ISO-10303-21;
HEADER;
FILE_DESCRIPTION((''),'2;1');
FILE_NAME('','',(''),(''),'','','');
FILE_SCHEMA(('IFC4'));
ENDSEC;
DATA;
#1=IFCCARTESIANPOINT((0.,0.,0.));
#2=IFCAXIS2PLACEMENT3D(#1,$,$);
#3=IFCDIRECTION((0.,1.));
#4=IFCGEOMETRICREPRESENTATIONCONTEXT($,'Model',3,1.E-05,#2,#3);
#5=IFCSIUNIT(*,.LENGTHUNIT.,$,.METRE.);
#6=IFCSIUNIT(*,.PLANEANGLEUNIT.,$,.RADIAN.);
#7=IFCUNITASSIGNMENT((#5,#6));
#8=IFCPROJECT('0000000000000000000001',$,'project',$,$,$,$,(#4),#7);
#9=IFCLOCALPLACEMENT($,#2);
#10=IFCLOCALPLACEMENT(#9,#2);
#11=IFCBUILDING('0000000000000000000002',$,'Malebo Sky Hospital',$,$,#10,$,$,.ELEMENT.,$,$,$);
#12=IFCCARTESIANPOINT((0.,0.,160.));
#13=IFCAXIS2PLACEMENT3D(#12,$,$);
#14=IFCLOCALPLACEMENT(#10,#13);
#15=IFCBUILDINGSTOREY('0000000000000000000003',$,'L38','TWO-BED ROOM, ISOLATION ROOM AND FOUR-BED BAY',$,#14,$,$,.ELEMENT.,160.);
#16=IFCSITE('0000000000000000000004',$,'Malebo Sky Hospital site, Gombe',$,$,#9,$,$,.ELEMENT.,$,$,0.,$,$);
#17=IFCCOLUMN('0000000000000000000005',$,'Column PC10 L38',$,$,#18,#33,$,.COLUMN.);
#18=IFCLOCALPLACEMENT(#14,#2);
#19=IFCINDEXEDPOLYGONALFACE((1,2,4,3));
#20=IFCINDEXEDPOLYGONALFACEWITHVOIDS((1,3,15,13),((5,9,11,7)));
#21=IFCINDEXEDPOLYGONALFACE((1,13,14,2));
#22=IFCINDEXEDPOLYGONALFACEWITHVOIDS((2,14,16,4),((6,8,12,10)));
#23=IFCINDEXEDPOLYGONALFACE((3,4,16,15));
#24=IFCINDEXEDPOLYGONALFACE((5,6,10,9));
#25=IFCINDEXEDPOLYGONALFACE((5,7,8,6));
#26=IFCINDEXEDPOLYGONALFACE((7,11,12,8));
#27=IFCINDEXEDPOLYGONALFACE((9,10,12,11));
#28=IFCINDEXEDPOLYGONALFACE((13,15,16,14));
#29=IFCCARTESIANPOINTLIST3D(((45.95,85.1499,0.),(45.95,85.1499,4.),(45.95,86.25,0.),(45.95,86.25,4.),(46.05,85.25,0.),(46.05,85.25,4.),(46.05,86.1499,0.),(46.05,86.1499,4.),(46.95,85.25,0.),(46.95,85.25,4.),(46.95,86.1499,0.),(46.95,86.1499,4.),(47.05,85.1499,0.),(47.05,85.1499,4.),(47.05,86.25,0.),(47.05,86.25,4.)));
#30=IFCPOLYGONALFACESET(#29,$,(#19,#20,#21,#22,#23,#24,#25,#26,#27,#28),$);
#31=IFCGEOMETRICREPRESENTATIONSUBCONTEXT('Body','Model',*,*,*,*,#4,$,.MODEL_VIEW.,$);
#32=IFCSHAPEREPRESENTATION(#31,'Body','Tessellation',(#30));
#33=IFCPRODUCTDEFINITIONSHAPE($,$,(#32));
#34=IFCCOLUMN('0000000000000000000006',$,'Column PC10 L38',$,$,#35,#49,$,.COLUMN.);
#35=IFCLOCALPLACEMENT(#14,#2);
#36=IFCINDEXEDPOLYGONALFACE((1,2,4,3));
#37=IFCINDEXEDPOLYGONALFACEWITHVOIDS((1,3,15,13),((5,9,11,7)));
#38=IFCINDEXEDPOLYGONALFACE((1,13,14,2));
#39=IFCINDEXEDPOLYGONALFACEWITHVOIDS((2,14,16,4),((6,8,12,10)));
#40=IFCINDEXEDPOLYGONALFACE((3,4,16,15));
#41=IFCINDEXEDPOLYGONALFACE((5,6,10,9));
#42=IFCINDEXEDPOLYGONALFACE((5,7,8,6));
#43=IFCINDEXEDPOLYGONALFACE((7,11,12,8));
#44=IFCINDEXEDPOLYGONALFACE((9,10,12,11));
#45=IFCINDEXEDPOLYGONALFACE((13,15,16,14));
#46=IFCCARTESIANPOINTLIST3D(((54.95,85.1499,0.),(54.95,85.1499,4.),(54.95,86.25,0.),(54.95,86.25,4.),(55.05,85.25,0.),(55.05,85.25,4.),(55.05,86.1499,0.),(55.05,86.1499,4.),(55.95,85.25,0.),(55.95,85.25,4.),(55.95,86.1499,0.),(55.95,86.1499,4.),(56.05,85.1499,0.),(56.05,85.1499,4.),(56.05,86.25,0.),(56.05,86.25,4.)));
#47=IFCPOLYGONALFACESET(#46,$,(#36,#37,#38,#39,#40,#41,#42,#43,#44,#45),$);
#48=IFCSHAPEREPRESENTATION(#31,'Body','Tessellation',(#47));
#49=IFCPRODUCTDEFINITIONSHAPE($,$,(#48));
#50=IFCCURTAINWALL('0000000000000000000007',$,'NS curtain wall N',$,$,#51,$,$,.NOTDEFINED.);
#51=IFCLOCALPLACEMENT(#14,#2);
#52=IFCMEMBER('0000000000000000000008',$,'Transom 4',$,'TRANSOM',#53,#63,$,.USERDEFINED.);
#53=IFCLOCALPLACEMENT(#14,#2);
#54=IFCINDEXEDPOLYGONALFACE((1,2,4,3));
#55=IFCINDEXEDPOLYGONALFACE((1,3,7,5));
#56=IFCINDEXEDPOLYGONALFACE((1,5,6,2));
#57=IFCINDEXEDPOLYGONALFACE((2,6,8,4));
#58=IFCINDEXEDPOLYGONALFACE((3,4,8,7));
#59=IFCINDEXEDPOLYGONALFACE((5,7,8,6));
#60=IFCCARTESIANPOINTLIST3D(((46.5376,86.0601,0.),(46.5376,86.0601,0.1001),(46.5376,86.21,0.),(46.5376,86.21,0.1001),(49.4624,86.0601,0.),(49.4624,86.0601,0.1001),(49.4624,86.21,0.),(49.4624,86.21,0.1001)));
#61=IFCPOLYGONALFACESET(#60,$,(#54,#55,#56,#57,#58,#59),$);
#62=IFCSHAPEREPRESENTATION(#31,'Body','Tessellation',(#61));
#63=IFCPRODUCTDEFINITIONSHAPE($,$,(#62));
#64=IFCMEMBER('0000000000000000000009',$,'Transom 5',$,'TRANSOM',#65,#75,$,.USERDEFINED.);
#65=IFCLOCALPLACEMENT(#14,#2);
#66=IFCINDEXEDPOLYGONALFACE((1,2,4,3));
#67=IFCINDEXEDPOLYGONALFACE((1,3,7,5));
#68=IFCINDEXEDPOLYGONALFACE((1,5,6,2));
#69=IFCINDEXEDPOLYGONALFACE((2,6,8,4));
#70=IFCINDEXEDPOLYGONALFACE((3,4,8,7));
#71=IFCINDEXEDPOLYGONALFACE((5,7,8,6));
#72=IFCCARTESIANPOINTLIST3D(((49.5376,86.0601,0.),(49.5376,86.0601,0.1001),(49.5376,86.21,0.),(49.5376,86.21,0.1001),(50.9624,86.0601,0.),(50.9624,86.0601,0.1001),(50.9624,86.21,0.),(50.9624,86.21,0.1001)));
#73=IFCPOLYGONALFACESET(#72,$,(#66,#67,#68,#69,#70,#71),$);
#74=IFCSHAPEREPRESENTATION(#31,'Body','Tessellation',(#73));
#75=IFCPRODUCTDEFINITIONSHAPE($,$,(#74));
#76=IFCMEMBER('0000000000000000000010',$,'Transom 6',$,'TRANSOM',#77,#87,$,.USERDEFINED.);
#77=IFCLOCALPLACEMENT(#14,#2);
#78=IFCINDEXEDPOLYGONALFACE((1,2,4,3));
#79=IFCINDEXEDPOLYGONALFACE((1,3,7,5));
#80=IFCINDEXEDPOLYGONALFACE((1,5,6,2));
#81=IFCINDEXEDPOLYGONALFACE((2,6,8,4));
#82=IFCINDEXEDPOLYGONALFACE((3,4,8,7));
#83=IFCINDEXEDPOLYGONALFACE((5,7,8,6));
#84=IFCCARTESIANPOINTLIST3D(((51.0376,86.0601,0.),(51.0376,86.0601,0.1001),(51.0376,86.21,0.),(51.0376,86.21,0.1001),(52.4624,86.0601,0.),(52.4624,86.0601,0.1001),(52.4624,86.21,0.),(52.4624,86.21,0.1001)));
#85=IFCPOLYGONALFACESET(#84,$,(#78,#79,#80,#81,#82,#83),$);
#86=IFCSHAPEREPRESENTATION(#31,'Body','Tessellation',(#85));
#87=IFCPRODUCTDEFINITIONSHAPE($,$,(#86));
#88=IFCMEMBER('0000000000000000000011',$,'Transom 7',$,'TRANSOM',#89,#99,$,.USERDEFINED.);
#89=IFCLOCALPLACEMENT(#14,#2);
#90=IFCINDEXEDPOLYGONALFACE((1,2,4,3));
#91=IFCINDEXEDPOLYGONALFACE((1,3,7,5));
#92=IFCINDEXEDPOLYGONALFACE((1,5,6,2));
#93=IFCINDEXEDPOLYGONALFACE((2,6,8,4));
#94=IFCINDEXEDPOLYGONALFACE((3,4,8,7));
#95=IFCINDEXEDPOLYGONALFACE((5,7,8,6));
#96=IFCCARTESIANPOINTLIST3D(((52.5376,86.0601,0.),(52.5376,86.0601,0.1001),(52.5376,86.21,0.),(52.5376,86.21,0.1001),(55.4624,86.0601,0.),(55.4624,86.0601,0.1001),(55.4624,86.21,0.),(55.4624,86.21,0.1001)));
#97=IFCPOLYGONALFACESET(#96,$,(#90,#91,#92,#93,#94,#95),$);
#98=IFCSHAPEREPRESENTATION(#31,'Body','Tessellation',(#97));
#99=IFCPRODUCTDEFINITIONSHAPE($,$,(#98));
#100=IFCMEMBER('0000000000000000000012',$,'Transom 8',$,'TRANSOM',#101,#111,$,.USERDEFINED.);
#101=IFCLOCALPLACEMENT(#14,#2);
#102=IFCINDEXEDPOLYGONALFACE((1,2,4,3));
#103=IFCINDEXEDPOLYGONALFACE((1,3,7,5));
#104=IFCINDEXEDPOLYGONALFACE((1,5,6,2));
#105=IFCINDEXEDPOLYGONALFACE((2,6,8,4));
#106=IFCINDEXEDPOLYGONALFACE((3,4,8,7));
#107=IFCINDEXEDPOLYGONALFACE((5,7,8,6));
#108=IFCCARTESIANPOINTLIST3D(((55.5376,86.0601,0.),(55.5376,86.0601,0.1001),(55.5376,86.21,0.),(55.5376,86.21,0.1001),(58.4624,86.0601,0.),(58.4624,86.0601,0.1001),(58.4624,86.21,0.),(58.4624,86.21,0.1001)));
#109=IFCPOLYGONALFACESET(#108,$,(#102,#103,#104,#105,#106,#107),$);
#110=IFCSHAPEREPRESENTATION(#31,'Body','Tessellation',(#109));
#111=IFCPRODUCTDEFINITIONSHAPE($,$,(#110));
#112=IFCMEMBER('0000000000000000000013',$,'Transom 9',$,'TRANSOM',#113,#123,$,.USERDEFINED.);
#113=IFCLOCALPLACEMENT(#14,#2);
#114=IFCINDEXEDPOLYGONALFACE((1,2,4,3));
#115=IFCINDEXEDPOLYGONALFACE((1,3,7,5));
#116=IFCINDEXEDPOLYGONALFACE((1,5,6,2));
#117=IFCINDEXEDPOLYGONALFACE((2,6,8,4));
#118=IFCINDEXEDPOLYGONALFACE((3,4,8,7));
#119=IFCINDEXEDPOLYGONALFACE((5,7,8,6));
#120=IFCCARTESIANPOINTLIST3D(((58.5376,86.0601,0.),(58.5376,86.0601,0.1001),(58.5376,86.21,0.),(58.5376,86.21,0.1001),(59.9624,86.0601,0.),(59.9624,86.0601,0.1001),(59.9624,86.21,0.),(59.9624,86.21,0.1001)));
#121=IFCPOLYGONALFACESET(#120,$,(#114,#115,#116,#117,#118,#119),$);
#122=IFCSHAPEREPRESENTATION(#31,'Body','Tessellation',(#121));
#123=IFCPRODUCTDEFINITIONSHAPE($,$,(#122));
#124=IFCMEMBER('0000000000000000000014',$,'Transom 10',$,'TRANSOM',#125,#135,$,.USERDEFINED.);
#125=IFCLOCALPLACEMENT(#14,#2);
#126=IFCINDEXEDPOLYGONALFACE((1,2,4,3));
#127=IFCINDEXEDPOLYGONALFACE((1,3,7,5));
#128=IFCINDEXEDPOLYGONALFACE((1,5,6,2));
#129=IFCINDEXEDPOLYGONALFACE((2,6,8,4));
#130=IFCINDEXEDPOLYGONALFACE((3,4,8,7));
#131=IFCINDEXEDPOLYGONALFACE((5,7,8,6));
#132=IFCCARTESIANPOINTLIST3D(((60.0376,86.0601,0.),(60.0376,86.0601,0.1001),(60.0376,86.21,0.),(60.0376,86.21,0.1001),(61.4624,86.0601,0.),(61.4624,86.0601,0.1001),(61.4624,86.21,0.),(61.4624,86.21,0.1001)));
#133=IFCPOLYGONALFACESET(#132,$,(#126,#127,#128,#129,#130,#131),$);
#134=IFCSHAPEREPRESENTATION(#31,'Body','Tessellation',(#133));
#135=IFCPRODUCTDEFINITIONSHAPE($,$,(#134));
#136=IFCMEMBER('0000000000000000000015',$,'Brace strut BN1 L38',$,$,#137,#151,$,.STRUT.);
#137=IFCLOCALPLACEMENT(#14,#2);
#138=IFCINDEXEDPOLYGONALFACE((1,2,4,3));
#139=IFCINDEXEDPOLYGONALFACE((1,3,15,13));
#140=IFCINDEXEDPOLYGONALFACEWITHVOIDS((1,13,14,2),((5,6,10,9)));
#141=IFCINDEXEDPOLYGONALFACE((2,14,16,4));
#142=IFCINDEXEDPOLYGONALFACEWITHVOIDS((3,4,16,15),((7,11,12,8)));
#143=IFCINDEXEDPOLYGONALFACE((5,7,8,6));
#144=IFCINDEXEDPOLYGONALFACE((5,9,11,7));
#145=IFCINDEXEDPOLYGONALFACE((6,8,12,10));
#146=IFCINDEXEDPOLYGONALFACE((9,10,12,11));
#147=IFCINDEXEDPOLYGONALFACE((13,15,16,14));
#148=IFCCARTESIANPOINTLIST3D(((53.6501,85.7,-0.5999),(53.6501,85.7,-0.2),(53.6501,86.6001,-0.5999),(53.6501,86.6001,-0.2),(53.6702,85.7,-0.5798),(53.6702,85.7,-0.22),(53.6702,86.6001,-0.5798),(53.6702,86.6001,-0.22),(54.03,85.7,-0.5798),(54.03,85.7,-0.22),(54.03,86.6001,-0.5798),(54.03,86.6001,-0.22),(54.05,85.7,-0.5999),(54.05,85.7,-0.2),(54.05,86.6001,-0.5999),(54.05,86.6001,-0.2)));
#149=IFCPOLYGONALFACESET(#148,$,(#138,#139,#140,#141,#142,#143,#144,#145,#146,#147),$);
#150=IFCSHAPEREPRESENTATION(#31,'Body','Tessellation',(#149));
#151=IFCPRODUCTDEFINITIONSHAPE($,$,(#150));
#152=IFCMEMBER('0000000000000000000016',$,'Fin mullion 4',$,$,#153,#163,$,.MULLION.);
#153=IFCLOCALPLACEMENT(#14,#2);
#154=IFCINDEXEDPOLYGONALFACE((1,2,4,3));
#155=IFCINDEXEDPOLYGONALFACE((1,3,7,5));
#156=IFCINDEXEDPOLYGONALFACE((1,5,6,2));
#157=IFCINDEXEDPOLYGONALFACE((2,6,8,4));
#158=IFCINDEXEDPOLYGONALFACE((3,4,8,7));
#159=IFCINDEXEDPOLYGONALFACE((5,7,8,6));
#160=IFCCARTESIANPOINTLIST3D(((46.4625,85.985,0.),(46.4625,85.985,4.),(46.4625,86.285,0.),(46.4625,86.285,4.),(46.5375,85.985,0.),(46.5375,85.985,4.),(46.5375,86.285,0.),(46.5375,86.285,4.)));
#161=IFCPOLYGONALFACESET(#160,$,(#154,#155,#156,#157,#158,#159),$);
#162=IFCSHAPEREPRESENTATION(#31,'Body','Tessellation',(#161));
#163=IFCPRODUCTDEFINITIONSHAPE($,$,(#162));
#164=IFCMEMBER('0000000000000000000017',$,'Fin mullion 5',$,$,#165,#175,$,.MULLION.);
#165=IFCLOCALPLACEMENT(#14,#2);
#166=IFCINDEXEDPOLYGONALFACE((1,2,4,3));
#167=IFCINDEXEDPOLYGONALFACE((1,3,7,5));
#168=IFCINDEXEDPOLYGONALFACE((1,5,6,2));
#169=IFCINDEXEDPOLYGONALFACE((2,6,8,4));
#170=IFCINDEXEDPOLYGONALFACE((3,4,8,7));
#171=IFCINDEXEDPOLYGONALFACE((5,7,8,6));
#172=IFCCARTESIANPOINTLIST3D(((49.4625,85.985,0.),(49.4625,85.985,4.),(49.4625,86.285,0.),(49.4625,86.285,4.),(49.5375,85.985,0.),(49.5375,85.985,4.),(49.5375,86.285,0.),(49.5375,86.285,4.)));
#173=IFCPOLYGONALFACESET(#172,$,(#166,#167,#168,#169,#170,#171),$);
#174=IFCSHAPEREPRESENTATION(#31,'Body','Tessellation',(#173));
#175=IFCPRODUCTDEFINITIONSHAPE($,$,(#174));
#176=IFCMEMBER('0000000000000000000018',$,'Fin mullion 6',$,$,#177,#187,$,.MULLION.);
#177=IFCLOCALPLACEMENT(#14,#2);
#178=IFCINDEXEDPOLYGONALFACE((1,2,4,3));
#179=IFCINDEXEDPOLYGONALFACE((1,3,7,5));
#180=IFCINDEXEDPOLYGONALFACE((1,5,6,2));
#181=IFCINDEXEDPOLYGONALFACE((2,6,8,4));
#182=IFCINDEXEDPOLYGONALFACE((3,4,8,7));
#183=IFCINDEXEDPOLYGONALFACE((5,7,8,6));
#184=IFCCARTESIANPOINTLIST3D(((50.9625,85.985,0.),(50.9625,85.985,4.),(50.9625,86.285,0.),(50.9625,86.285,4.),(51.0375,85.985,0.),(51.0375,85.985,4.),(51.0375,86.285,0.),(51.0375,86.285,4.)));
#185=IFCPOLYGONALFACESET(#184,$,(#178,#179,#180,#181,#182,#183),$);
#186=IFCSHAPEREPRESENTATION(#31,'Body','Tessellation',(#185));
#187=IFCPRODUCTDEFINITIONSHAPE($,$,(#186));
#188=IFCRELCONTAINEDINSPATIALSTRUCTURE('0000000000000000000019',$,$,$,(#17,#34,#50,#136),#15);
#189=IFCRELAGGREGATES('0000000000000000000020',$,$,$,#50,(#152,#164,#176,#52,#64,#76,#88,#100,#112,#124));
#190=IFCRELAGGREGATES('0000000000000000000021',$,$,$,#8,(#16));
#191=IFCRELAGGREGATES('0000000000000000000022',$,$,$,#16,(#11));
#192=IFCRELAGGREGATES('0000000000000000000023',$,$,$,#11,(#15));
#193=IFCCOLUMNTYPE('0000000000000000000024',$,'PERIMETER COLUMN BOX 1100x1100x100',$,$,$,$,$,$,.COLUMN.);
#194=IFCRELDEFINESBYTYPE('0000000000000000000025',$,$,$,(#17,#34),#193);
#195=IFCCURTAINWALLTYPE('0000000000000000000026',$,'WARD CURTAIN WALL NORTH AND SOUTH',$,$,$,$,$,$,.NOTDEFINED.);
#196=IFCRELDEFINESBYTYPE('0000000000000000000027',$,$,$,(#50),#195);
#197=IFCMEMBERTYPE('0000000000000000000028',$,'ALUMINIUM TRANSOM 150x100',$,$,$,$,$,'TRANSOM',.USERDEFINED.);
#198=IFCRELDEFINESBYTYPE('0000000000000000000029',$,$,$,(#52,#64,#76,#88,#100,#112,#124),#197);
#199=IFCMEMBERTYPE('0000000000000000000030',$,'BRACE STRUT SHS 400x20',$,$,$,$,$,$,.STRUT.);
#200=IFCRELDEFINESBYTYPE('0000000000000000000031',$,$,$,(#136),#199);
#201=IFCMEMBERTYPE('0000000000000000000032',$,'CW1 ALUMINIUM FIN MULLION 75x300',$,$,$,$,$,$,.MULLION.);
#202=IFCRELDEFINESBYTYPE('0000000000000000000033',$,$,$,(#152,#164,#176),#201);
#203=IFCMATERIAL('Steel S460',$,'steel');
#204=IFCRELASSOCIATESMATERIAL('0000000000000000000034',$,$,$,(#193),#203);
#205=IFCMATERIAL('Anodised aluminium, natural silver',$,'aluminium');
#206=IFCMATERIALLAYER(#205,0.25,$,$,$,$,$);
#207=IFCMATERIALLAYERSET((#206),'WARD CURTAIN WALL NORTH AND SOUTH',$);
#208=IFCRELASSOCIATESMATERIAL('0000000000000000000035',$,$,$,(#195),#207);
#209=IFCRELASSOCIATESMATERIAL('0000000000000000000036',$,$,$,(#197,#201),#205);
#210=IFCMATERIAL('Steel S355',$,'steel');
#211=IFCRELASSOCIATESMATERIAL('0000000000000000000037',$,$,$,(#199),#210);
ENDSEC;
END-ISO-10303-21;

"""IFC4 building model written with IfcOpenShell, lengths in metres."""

from ifc_helpers import new_model, si_unit, direction, frame, origin, origin_2d, place, context, subcontext, project, spatial, rectangle, hollow_rectangle, extrude, material, layer, layer_set, material_profile, profile_set, type_object, element, aggregate, save


model = new_model("IFC4")

# Units and contexts
model_context = context("Model", 3, precision=1e-05, world=origin(), true_north=direction((0.0, 1.0)))
body_context = subcontext(model_context, "Body", "Model", "MODEL_VIEW")
ifc_project = project(units=[si_unit("LENGTHUNIT", "METRE"), si_unit("PLANEANGLEUNIT", "RADIAN")], contexts=[model_context])

# Site, building, storey
site_placement = place(None, origin())
site = spatial("IfcSite", under=ifc_project, at=site_placement, Name="Malebo Sky Hospital site, Gombe", CompositionType="ELEMENT", RefElevation=0.0)
building_placement = place(site_placement, origin())
building = spatial("IfcBuilding", under=site, at=building_placement, Name="Malebo Sky Hospital", CompositionType="ELEMENT")
storey_placement = place(building_placement, frame((0.0, 0.0, 160.0)))
storey = spatial("IfcBuildingStorey", under=building, at=storey_placement, Name="L38", Description="TWO-BED ROOM, ISOLATION ROOM AND FOUR-BED BAY", CompositionType="ELEMENT", Elevation=160.0)

# Columns
ifc_material_1 = material(Name="Steel S460", Category="steel")
ifc_material_profile_1 = material_profile(ifc_material_1, hollow_rectangle(XDim=1.1001, YDim=1.1001, WallThickness=0.1001, at=origin_2d()), Name="BOX 1100x1100x100")
ifc_profile_set_1 = profile_set([ifc_material_profile_1], Name="Steel S460")
column_type = type_object("IfcColumnType", Name="PERIMETER COLUMN BOX 1100x1100x100", PredefinedType="COLUMN", material=ifc_profile_set_1)
for number, where, z_axis, x_axis, name in (
    (1, (46.5, 85.7, 0.0), (0.0, 0.0, 1.0), (1.0, 0.0, 0.0), "Column PC10 L38"),
    (2, (55.5, 85.7, 0.0), (0.0, 0.0, 1.0), (1.0, 0.0, 0.0), "Column PC10 L38"),
):
    element("IfcColumn", number, at=place(storey_placement, frame(where, z_axis=z_axis, x_axis=x_axis)), inside=storey, type_object=column_type, Name=name, PredefinedType="COLUMN", context=body_context, shape_type="SweptSolid", body=[
        extrude(hollow_rectangle(XDim=1.1001, YDim=1.1001, WallThickness=0.1001, at=origin_2d()), origin(), (0.0, 0.0, 1.0), 4.0),
    ])

# Curtain wall, members
ifc_material_2 = material(Name="Anodised aluminium, natural silver", Category="aluminium")
ifc_layer_1 = layer(ifc_material_2, 0.25)
ifc_layer_set_1 = layer_set([ifc_layer_1], Name="WARD CURTAIN WALL NORTH AND SOUTH")
curtain_wall_type = type_object("IfcCurtainWallType", Name="WARD CURTAIN WALL NORTH AND SOUTH", PredefinedType="NOTDEFINED", material=ifc_layer_set_1)
curtain_wall_placement = place(storey_placement, origin())
curtain_wall = element("IfcCurtainWall", 3, at=curtain_wall_placement, inside=storey, type_object=curtain_wall_type, Name="NS curtain wall N", PredefinedType="NOTDEFINED")
ifc_material_profile_2 = material_profile(ifc_material_2, rectangle(XDim=0.1499, YDim=0.1001, at=origin_2d()), Name="ALUMINIUM TRANSOM 150x100")
ifc_profile_set_2 = profile_set([ifc_material_profile_2], Name="Anodised aluminium, natural silver")
member_type_1 = type_object("IfcMemberType", Name="ALUMINIUM TRANSOM 150x100", ElementType="TRANSOM", PredefinedType="USERDEFINED", material=ifc_profile_set_2)
member_1_placement = place(storey_placement, frame((46.5376, 86.135, 0.05), z_axis=(1.0, 0.0, 0.0), x_axis=(0.0, 1.0, 0.0)))
member_1 = element("IfcMember", 4, at=member_1_placement, type_object=member_type_1, Name="Transom 4", ObjectType="TRANSOM", PredefinedType="USERDEFINED", context=body_context, shape_type="SweptSolid", body=[
    extrude(rectangle(XDim=0.1499, YDim=0.1001, at=origin_2d()), origin(), (0.0, 0.0, 1.0), 2.9248),
])
member_2_placement = place(storey_placement, frame((49.5376, 86.135, 0.05), z_axis=(1.0, 0.0, 0.0), x_axis=(0.0, 1.0, 0.0)))
member_2 = element("IfcMember", 5, at=member_2_placement, type_object=member_type_1, Name="Transom 5", ObjectType="TRANSOM", PredefinedType="USERDEFINED", context=body_context, shape_type="SweptSolid", body=[
    extrude(rectangle(XDim=0.1499, YDim=0.1001, at=origin_2d()), origin(), (0.0, 0.0, 1.0), 1.4248),
])
member_3_placement = place(storey_placement, frame((51.0376, 86.135, 0.05), z_axis=(1.0, 0.0, 0.0), x_axis=(0.0, 1.0, 0.0)))
member_3 = element("IfcMember", 6, at=member_3_placement, type_object=member_type_1, Name="Transom 6", ObjectType="TRANSOM", PredefinedType="USERDEFINED", context=body_context, shape_type="SweptSolid", body=[
    extrude(rectangle(XDim=0.1499, YDim=0.1001, at=origin_2d()), origin(), (0.0, 0.0, 1.0), 1.4248),
])
member_4_placement = place(storey_placement, frame((52.5376, 86.135, 0.05), z_axis=(1.0, 0.0, 0.0), x_axis=(0.0, 1.0, 0.0)))
member_4 = element("IfcMember", 7, at=member_4_placement, type_object=member_type_1, Name="Transom 7", ObjectType="TRANSOM", PredefinedType="USERDEFINED", context=body_context, shape_type="SweptSolid", body=[
    extrude(rectangle(XDim=0.1499, YDim=0.1001, at=origin_2d()), origin(), (0.0, 0.0, 1.0), 2.9248),
])
member_5_placement = place(storey_placement, frame((55.5376, 86.135, 0.05), z_axis=(1.0, 0.0, 0.0), x_axis=(0.0, 1.0, 0.0)))
member_5 = element("IfcMember", 8, at=member_5_placement, type_object=member_type_1, Name="Transom 8", ObjectType="TRANSOM", PredefinedType="USERDEFINED", context=body_context, shape_type="SweptSolid", body=[
    extrude(rectangle(XDim=0.1499, YDim=0.1001, at=origin_2d()), origin(), (0.0, 0.0, 1.0), 2.9248),
])
member_6_placement = place(storey_placement, frame((58.5376, 86.135, 0.05), z_axis=(1.0, 0.0, 0.0), x_axis=(0.0, 1.0, 0.0)))
member_6 = element("IfcMember", 9, at=member_6_placement, type_object=member_type_1, Name="Transom 9", ObjectType="TRANSOM", PredefinedType="USERDEFINED", context=body_context, shape_type="SweptSolid", body=[
    extrude(rectangle(XDim=0.1499, YDim=0.1001, at=origin_2d()), origin(), (0.0, 0.0, 1.0), 1.4248),
])
member_7_placement = place(storey_placement, frame((60.0376, 86.135, 0.05), z_axis=(1.0, 0.0, 0.0), x_axis=(0.0, 1.0, 0.0)))
member_7 = element("IfcMember", 10, at=member_7_placement, type_object=member_type_1, Name="Transom 10", ObjectType="TRANSOM", PredefinedType="USERDEFINED", context=body_context, shape_type="SweptSolid", body=[
    extrude(rectangle(XDim=0.1499, YDim=0.1001, at=origin_2d()), origin(), (0.0, 0.0, 1.0), 1.4248),
])

# Members
ifc_material_3 = material(Name="Steel S355", Category="steel")
ifc_material_profile_3 = material_profile(ifc_material_3, hollow_rectangle(XDim=0.3999, YDim=0.3999, WallThickness=0.02, at=origin_2d()), Name="SHS 400x20")
ifc_profile_set_3 = profile_set([ifc_material_profile_3], Name="Steel S355")
member_type_2 = type_object("IfcMemberType", Name="BRACE STRUT SHS 400x20", PredefinedType="STRUT", material=ifc_profile_set_3)
member_8_placement = place(storey_placement, frame((53.8501, 86.6001, -0.3999), z_axis=(0.0, -1.0, 0.0), x_axis=(1.0, 0.0, 0.0)))
element("IfcMember", 11, at=member_8_placement, inside=storey, type_object=member_type_2, Name="Brace strut BN1 L38", PredefinedType="STRUT", context=body_context, shape_type="SweptSolid", body=[
    extrude(hollow_rectangle(XDim=0.3999, YDim=0.3999, WallThickness=0.02, at=origin_2d()), origin(), (0.0, 0.0, 1.0), 0.9001),
])
ifc_material_profile_4 = material_profile(ifc_material_2, rectangle(XDim=0.075, YDim=0.3, at=origin_2d()), Name="CW1 ALUMINIUM FIN MULLION 75x300")
ifc_profile_set_4 = profile_set([ifc_material_profile_4], Name="Anodised aluminium, natural silver")
member_type_3 = type_object("IfcMemberType", Name="CW1 ALUMINIUM FIN MULLION 75x300", PredefinedType="MULLION", material=ifc_profile_set_4)
member_9_placement = place(storey_placement, frame((46.5, 86.135, 0.0), z_axis=(0.0, 0.0, 1.0), x_axis=(1.0, 0.0, 0.0)))
member_9 = element("IfcMember", 12, at=member_9_placement, type_object=member_type_3, Name="Fin mullion 4", PredefinedType="MULLION", context=body_context, shape_type="SweptSolid", body=[
    extrude(rectangle(XDim=0.075, YDim=0.3, at=origin_2d()), origin(), (0.0, 0.0, 1.0), 4.0),
])
member_10_placement = place(storey_placement, frame((49.5, 86.135, 0.0), z_axis=(0.0, 0.0, 1.0), x_axis=(1.0, 0.0, 0.0)))
member_10 = element("IfcMember", 13, at=member_10_placement, type_object=member_type_3, Name="Fin mullion 5", PredefinedType="MULLION", context=body_context, shape_type="SweptSolid", body=[
    extrude(rectangle(XDim=0.075, YDim=0.3, at=origin_2d()), origin(), (0.0, 0.0, 1.0), 4.0),
])
member_11_placement = place(storey_placement, frame((51.0, 86.135, 0.0), z_axis=(0.0, 0.0, 1.0), x_axis=(1.0, 0.0, 0.0)))
member_11 = element("IfcMember", 14, at=member_11_placement, type_object=member_type_3, Name="Fin mullion 6", PredefinedType="MULLION", context=body_context, shape_type="SweptSolid", body=[
    extrude(rectangle(XDim=0.075, YDim=0.3, at=origin_2d()), origin(), (0.0, 0.0, 1.0), 4.0),
])

aggregate(curtain_wall, [member_9, member_10, member_11, member_1, member_2, member_3, member_4, member_5, member_6, member_7])

save(model, "model.ifc")
